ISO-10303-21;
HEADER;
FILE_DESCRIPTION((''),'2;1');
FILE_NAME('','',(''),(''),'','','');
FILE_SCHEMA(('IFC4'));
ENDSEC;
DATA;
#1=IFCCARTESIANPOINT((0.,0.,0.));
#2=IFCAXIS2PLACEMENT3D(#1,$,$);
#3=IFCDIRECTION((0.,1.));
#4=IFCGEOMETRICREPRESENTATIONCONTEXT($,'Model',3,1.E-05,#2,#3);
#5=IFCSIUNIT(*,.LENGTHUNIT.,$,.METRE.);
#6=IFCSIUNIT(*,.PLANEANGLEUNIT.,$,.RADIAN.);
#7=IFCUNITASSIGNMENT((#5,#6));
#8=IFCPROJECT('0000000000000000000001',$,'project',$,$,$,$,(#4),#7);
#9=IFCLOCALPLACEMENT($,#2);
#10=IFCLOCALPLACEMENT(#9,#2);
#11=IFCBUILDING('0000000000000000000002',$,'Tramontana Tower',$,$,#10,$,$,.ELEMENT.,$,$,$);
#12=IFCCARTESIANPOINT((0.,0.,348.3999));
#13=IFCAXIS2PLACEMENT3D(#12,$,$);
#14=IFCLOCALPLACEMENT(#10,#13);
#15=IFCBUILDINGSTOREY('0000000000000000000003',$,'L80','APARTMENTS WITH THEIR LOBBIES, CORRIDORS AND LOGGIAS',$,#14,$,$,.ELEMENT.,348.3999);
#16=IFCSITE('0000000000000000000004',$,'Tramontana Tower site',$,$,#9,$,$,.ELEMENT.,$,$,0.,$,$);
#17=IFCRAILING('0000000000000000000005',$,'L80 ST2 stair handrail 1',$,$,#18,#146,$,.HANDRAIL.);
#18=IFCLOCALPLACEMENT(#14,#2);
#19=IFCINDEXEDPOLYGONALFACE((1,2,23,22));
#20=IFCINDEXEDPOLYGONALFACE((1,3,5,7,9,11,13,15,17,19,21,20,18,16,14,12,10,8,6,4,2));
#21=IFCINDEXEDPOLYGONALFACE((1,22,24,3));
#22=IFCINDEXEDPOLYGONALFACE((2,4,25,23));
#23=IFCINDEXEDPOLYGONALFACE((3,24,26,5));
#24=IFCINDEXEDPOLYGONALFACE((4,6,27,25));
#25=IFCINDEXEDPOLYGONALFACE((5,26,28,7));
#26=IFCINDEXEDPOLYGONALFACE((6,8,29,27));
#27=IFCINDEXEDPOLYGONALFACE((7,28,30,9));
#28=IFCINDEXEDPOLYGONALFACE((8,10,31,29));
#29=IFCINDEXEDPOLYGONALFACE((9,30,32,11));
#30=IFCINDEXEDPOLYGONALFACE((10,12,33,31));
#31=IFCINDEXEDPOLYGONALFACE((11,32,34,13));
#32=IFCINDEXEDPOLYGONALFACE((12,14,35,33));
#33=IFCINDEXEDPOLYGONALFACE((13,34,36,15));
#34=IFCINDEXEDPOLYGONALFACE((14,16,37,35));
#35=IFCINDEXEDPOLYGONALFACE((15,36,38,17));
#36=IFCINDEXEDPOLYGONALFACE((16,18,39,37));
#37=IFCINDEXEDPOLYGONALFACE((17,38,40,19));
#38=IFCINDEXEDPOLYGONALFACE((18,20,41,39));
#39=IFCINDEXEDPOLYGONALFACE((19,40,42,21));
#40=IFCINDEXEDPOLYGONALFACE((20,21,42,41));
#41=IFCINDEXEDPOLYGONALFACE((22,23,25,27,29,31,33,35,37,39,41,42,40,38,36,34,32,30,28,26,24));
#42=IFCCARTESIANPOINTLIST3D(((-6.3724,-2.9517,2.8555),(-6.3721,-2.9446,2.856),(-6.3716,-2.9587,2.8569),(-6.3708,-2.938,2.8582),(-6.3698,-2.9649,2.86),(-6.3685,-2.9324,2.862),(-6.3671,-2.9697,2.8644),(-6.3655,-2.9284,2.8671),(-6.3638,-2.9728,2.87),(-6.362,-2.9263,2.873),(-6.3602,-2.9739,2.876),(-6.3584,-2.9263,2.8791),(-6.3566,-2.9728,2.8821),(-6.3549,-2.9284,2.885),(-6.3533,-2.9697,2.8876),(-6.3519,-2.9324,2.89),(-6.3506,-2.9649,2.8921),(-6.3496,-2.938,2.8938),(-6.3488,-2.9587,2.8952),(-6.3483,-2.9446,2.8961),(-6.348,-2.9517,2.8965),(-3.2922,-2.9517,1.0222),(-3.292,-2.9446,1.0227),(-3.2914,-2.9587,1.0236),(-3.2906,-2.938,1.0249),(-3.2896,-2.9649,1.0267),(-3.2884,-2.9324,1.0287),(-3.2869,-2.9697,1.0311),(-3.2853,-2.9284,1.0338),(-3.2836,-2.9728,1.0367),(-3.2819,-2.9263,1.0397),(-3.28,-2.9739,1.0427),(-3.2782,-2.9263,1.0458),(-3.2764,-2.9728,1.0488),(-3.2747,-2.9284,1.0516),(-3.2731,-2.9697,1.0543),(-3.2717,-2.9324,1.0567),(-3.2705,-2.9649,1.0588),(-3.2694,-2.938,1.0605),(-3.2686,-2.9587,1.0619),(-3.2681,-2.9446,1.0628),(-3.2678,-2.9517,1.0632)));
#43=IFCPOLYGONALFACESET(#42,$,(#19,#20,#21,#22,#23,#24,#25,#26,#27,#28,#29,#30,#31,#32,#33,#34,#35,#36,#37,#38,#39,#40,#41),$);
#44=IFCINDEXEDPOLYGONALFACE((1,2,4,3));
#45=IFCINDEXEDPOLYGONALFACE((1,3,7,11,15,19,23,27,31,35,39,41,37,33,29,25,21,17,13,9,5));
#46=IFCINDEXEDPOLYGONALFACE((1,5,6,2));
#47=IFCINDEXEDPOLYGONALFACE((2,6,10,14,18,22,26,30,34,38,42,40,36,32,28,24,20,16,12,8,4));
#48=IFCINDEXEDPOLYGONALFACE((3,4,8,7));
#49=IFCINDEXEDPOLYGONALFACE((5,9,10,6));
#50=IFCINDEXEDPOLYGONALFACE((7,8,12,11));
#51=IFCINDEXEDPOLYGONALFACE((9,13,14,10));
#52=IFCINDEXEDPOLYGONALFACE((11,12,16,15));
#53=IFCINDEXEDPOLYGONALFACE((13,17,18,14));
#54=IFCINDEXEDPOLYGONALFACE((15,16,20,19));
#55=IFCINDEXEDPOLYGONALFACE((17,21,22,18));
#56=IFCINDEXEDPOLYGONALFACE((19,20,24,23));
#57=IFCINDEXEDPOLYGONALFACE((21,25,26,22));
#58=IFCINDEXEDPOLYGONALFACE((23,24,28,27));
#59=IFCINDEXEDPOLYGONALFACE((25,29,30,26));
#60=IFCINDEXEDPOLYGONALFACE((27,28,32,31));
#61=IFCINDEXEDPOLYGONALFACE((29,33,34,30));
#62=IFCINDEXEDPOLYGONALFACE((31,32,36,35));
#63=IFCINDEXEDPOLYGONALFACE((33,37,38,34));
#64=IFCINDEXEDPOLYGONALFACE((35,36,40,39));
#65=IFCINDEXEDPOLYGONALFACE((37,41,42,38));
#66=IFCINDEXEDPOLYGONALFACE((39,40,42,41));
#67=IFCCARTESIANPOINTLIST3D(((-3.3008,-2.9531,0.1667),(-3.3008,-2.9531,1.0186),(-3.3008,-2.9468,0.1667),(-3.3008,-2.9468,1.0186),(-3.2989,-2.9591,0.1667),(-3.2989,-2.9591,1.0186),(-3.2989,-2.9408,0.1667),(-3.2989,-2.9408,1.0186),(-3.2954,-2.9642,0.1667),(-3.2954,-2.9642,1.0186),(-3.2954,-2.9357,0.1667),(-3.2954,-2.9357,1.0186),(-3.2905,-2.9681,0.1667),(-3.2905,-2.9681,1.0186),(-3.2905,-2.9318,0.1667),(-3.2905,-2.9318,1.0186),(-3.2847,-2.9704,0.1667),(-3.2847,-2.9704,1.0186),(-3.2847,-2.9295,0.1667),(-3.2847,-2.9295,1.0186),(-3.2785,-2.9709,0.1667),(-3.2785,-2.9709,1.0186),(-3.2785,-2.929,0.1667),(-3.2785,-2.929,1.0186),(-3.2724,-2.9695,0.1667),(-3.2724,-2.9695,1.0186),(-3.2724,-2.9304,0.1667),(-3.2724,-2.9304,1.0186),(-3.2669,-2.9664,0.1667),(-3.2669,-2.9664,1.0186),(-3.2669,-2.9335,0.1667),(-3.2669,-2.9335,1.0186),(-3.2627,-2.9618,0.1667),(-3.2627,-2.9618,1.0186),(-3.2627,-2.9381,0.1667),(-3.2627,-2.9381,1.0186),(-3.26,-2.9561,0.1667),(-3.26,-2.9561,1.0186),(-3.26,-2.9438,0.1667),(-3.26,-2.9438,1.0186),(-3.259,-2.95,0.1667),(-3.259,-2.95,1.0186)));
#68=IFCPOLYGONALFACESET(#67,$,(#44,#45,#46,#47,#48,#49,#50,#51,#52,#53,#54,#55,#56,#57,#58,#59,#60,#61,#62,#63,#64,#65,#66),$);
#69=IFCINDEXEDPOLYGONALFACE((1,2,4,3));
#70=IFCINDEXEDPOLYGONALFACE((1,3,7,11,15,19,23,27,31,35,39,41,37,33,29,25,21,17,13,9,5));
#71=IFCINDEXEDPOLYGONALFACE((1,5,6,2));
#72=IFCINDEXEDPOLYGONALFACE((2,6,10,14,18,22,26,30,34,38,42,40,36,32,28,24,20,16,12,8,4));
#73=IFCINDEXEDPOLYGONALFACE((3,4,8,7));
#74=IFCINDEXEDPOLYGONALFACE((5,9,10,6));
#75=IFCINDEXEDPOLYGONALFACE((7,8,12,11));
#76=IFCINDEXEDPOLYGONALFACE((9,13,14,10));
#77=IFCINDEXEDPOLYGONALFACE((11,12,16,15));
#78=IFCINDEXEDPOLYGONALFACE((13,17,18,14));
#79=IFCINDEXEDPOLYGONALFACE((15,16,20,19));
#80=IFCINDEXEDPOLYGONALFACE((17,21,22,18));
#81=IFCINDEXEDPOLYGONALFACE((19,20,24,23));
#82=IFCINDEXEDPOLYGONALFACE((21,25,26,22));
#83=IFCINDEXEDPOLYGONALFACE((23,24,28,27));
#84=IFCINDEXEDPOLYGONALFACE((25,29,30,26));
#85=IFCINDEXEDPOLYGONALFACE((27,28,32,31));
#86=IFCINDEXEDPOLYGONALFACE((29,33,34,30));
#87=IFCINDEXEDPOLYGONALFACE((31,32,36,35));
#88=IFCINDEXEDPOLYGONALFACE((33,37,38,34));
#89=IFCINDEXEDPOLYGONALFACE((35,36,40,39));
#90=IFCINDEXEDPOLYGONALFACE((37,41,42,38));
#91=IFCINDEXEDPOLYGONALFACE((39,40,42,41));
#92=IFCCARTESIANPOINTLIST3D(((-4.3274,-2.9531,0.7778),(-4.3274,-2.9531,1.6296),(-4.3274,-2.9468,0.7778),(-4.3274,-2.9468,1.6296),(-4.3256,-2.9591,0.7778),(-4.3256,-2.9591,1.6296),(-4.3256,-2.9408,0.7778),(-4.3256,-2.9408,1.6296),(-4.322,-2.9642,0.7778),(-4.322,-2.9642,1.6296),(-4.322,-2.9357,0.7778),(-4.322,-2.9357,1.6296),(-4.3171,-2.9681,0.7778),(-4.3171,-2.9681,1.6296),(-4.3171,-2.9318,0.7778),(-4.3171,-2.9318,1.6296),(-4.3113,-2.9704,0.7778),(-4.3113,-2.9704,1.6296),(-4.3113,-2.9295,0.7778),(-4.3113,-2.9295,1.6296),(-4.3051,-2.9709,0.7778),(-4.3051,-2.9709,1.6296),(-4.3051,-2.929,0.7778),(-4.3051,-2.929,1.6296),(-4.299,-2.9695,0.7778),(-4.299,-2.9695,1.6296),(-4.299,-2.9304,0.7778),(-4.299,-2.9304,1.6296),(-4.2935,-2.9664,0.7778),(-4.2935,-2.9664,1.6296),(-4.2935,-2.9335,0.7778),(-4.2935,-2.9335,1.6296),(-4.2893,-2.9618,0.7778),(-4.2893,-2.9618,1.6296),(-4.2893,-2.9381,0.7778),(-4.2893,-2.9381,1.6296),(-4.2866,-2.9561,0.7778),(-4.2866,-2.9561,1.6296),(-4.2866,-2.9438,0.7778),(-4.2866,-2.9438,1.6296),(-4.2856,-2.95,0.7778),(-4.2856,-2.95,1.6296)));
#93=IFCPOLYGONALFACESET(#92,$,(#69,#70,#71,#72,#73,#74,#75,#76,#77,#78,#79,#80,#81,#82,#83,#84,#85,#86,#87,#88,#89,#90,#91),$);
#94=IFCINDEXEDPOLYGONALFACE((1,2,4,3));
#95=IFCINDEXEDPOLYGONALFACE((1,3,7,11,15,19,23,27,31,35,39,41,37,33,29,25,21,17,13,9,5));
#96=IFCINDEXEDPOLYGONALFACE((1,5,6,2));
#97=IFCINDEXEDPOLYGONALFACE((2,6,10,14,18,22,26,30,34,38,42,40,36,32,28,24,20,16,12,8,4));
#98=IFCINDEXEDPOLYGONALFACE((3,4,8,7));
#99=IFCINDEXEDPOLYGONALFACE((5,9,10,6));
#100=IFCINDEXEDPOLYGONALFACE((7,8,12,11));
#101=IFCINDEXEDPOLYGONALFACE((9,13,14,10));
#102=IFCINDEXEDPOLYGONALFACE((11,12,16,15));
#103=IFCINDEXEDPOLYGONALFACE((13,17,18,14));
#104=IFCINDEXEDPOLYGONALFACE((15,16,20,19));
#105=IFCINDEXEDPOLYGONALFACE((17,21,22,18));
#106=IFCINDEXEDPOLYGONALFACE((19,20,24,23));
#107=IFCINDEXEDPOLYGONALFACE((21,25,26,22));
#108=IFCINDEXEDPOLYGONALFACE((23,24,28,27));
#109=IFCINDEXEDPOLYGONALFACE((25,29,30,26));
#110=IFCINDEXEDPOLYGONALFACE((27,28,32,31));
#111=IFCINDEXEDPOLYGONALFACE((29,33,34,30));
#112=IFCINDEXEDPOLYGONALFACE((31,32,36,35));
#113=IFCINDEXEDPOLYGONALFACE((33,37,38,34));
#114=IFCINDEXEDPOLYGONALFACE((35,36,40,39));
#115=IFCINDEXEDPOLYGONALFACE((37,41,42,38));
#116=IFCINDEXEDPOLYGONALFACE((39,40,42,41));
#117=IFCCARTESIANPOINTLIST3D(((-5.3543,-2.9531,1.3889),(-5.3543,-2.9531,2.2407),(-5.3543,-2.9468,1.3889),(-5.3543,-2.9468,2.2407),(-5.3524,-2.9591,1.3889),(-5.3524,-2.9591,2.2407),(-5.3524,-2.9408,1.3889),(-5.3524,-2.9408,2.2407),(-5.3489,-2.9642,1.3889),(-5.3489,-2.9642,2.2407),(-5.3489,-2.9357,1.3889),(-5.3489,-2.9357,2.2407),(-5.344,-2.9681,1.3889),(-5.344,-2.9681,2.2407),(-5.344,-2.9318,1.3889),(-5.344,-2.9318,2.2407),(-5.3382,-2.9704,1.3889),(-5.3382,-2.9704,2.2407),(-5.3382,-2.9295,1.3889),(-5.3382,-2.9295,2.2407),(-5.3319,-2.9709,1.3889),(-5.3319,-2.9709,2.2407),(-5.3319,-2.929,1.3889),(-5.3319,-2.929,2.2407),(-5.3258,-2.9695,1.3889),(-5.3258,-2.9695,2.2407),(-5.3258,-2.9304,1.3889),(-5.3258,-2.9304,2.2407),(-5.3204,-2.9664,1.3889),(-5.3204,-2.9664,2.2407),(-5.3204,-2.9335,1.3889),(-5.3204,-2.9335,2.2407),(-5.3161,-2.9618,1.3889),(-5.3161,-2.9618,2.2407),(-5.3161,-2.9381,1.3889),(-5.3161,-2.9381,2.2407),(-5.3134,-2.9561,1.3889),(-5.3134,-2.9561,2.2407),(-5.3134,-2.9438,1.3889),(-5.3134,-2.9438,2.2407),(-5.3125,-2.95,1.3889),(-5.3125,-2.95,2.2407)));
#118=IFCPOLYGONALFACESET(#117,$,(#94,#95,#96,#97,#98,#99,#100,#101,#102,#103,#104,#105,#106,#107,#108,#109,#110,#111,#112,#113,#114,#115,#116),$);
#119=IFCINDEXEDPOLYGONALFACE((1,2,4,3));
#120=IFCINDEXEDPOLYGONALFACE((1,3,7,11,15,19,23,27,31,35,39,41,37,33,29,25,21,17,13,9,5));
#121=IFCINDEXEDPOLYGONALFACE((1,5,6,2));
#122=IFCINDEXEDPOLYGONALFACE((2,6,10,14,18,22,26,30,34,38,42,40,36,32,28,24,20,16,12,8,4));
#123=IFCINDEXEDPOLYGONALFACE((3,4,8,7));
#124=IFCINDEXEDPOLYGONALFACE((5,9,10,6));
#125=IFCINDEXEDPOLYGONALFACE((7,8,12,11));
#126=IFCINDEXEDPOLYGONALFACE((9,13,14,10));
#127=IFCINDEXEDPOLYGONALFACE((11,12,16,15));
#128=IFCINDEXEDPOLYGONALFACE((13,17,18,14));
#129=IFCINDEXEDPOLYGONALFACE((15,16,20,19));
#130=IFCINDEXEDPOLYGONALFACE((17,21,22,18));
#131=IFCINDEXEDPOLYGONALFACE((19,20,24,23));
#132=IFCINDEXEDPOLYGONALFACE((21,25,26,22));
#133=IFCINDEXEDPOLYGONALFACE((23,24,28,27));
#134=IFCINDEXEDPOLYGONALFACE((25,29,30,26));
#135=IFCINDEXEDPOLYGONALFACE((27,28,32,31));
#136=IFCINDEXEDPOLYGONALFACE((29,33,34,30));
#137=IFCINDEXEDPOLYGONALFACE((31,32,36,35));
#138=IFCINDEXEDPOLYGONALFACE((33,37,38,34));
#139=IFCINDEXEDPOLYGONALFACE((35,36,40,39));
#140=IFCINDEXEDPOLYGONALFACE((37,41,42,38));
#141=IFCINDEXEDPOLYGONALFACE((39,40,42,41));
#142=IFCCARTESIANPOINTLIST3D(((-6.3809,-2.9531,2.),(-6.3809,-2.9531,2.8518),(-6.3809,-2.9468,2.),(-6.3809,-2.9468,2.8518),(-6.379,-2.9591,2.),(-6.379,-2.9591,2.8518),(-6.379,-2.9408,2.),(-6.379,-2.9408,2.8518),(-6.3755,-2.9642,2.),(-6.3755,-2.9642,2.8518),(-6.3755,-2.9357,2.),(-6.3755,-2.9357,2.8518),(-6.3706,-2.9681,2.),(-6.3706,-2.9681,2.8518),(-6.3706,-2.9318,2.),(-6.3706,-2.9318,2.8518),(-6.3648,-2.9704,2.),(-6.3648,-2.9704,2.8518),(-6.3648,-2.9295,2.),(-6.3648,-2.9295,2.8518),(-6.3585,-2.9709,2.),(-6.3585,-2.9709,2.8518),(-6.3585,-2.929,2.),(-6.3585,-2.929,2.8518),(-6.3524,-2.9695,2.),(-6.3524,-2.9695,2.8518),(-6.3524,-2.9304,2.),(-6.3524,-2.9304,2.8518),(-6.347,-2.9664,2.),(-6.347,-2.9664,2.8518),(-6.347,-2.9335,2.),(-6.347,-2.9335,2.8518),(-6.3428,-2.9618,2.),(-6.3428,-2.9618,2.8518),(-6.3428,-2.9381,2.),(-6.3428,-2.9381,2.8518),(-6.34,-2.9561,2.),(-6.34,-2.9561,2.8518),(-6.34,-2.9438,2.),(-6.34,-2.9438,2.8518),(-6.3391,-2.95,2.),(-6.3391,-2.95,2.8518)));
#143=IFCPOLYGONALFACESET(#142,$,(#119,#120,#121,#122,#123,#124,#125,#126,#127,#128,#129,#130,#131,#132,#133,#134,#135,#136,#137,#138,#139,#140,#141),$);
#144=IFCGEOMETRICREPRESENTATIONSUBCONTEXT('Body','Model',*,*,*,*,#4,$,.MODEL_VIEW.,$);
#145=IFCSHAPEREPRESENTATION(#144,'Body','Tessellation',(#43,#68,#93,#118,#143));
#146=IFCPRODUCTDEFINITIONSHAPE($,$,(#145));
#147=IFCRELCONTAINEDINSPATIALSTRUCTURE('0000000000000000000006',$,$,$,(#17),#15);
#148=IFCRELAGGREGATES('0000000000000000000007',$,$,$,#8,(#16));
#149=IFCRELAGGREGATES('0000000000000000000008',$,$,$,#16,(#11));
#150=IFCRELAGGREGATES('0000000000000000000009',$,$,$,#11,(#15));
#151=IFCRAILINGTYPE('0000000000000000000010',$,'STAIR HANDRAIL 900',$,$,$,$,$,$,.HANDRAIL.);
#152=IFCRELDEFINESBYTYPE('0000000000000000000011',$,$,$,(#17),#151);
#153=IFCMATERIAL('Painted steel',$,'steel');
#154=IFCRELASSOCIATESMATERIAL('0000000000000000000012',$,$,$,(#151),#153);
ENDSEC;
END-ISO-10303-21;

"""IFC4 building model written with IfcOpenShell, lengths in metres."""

from ifc_helpers import new_model, si_unit, direction, frame, origin, origin_2d, place, context, subcontext, project, spatial, circle, extrude, material, type_object, element, save


model = new_model("IFC4")

# Units and contexts
model_context = context("Model", 3, precision=1e-05, world=origin(), true_north=direction((0.0, 1.0)))
body_context = subcontext(model_context, "Body", "Model", "MODEL_VIEW")
ifc_project = project(units=[si_unit("LENGTHUNIT", "METRE"), si_unit("PLANEANGLEUNIT", "RADIAN")], contexts=[model_context])

# Site, building, storey
site_placement = place(None, origin())
site = spatial("IfcSite", under=ifc_project, at=site_placement, Name="Tramontana Tower site", CompositionType="ELEMENT", RefElevation=0.0)
building_placement = place(site_placement, origin())
building = spatial("IfcBuilding", under=site, at=building_placement, Name="Tramontana Tower", CompositionType="ELEMENT")
storey_placement = place(building_placement, frame((0.0, 0.0, 348.3999)))
storey = spatial("IfcBuildingStorey", under=building, at=storey_placement, Name="L80", Description="APARTMENTS WITH THEIR LOBBIES, CORRIDORS AND LOGGIAS", CompositionType="ELEMENT", Elevation=348.3999)

# Railing
ifc_material_1 = material(Name="Painted steel", Category="steel")
railing_type_1 = type_object("IfcRailingType", Name="STAIR HANDRAIL 900", PredefinedType="HANDRAIL", material=ifc_material_1)
railing_1_placement = place(storey_placement, frame((-3.28, -2.95, 0.1667)))
element("IfcRailing", 1, at=railing_1_placement, inside=storey, type_object=railing_type_1, Name="L80 ST2 stair handrail 1", PredefinedType="HANDRAIL", context=body_context, shape_type="SweptSolid", body=[
    extrude(circle(Radius=0.0239, at=origin_2d()), frame((0.0, 0.0, 0.876), z_axis=(-0.859309, 0.0, 0.511458), x_axis=(0.0, -1.0, 0.0)), (0.0, 0.0, 1.0), 3.5845),
    extrude(circle(Radius=0.021, at=origin_2d()), origin(), (0.0, 0.0, 1.0), 0.8518),
    extrude(circle(Radius=0.021, at=origin_2d()), frame((-1.0266, 0.0, 0.6111)), (0.0, 0.0, 1.0), 0.8518),
    extrude(circle(Radius=0.021, at=origin_2d()), frame((-2.0535, 0.0, 1.2222)), (0.0, 0.0, 1.0), 0.8518),
    extrude(circle(Radius=0.021, at=origin_2d()), frame((-3.0801, 0.0, 1.8333)), (0.0, 0.0, 1.0), 0.8518),
])

save(model, "model.ifc")
